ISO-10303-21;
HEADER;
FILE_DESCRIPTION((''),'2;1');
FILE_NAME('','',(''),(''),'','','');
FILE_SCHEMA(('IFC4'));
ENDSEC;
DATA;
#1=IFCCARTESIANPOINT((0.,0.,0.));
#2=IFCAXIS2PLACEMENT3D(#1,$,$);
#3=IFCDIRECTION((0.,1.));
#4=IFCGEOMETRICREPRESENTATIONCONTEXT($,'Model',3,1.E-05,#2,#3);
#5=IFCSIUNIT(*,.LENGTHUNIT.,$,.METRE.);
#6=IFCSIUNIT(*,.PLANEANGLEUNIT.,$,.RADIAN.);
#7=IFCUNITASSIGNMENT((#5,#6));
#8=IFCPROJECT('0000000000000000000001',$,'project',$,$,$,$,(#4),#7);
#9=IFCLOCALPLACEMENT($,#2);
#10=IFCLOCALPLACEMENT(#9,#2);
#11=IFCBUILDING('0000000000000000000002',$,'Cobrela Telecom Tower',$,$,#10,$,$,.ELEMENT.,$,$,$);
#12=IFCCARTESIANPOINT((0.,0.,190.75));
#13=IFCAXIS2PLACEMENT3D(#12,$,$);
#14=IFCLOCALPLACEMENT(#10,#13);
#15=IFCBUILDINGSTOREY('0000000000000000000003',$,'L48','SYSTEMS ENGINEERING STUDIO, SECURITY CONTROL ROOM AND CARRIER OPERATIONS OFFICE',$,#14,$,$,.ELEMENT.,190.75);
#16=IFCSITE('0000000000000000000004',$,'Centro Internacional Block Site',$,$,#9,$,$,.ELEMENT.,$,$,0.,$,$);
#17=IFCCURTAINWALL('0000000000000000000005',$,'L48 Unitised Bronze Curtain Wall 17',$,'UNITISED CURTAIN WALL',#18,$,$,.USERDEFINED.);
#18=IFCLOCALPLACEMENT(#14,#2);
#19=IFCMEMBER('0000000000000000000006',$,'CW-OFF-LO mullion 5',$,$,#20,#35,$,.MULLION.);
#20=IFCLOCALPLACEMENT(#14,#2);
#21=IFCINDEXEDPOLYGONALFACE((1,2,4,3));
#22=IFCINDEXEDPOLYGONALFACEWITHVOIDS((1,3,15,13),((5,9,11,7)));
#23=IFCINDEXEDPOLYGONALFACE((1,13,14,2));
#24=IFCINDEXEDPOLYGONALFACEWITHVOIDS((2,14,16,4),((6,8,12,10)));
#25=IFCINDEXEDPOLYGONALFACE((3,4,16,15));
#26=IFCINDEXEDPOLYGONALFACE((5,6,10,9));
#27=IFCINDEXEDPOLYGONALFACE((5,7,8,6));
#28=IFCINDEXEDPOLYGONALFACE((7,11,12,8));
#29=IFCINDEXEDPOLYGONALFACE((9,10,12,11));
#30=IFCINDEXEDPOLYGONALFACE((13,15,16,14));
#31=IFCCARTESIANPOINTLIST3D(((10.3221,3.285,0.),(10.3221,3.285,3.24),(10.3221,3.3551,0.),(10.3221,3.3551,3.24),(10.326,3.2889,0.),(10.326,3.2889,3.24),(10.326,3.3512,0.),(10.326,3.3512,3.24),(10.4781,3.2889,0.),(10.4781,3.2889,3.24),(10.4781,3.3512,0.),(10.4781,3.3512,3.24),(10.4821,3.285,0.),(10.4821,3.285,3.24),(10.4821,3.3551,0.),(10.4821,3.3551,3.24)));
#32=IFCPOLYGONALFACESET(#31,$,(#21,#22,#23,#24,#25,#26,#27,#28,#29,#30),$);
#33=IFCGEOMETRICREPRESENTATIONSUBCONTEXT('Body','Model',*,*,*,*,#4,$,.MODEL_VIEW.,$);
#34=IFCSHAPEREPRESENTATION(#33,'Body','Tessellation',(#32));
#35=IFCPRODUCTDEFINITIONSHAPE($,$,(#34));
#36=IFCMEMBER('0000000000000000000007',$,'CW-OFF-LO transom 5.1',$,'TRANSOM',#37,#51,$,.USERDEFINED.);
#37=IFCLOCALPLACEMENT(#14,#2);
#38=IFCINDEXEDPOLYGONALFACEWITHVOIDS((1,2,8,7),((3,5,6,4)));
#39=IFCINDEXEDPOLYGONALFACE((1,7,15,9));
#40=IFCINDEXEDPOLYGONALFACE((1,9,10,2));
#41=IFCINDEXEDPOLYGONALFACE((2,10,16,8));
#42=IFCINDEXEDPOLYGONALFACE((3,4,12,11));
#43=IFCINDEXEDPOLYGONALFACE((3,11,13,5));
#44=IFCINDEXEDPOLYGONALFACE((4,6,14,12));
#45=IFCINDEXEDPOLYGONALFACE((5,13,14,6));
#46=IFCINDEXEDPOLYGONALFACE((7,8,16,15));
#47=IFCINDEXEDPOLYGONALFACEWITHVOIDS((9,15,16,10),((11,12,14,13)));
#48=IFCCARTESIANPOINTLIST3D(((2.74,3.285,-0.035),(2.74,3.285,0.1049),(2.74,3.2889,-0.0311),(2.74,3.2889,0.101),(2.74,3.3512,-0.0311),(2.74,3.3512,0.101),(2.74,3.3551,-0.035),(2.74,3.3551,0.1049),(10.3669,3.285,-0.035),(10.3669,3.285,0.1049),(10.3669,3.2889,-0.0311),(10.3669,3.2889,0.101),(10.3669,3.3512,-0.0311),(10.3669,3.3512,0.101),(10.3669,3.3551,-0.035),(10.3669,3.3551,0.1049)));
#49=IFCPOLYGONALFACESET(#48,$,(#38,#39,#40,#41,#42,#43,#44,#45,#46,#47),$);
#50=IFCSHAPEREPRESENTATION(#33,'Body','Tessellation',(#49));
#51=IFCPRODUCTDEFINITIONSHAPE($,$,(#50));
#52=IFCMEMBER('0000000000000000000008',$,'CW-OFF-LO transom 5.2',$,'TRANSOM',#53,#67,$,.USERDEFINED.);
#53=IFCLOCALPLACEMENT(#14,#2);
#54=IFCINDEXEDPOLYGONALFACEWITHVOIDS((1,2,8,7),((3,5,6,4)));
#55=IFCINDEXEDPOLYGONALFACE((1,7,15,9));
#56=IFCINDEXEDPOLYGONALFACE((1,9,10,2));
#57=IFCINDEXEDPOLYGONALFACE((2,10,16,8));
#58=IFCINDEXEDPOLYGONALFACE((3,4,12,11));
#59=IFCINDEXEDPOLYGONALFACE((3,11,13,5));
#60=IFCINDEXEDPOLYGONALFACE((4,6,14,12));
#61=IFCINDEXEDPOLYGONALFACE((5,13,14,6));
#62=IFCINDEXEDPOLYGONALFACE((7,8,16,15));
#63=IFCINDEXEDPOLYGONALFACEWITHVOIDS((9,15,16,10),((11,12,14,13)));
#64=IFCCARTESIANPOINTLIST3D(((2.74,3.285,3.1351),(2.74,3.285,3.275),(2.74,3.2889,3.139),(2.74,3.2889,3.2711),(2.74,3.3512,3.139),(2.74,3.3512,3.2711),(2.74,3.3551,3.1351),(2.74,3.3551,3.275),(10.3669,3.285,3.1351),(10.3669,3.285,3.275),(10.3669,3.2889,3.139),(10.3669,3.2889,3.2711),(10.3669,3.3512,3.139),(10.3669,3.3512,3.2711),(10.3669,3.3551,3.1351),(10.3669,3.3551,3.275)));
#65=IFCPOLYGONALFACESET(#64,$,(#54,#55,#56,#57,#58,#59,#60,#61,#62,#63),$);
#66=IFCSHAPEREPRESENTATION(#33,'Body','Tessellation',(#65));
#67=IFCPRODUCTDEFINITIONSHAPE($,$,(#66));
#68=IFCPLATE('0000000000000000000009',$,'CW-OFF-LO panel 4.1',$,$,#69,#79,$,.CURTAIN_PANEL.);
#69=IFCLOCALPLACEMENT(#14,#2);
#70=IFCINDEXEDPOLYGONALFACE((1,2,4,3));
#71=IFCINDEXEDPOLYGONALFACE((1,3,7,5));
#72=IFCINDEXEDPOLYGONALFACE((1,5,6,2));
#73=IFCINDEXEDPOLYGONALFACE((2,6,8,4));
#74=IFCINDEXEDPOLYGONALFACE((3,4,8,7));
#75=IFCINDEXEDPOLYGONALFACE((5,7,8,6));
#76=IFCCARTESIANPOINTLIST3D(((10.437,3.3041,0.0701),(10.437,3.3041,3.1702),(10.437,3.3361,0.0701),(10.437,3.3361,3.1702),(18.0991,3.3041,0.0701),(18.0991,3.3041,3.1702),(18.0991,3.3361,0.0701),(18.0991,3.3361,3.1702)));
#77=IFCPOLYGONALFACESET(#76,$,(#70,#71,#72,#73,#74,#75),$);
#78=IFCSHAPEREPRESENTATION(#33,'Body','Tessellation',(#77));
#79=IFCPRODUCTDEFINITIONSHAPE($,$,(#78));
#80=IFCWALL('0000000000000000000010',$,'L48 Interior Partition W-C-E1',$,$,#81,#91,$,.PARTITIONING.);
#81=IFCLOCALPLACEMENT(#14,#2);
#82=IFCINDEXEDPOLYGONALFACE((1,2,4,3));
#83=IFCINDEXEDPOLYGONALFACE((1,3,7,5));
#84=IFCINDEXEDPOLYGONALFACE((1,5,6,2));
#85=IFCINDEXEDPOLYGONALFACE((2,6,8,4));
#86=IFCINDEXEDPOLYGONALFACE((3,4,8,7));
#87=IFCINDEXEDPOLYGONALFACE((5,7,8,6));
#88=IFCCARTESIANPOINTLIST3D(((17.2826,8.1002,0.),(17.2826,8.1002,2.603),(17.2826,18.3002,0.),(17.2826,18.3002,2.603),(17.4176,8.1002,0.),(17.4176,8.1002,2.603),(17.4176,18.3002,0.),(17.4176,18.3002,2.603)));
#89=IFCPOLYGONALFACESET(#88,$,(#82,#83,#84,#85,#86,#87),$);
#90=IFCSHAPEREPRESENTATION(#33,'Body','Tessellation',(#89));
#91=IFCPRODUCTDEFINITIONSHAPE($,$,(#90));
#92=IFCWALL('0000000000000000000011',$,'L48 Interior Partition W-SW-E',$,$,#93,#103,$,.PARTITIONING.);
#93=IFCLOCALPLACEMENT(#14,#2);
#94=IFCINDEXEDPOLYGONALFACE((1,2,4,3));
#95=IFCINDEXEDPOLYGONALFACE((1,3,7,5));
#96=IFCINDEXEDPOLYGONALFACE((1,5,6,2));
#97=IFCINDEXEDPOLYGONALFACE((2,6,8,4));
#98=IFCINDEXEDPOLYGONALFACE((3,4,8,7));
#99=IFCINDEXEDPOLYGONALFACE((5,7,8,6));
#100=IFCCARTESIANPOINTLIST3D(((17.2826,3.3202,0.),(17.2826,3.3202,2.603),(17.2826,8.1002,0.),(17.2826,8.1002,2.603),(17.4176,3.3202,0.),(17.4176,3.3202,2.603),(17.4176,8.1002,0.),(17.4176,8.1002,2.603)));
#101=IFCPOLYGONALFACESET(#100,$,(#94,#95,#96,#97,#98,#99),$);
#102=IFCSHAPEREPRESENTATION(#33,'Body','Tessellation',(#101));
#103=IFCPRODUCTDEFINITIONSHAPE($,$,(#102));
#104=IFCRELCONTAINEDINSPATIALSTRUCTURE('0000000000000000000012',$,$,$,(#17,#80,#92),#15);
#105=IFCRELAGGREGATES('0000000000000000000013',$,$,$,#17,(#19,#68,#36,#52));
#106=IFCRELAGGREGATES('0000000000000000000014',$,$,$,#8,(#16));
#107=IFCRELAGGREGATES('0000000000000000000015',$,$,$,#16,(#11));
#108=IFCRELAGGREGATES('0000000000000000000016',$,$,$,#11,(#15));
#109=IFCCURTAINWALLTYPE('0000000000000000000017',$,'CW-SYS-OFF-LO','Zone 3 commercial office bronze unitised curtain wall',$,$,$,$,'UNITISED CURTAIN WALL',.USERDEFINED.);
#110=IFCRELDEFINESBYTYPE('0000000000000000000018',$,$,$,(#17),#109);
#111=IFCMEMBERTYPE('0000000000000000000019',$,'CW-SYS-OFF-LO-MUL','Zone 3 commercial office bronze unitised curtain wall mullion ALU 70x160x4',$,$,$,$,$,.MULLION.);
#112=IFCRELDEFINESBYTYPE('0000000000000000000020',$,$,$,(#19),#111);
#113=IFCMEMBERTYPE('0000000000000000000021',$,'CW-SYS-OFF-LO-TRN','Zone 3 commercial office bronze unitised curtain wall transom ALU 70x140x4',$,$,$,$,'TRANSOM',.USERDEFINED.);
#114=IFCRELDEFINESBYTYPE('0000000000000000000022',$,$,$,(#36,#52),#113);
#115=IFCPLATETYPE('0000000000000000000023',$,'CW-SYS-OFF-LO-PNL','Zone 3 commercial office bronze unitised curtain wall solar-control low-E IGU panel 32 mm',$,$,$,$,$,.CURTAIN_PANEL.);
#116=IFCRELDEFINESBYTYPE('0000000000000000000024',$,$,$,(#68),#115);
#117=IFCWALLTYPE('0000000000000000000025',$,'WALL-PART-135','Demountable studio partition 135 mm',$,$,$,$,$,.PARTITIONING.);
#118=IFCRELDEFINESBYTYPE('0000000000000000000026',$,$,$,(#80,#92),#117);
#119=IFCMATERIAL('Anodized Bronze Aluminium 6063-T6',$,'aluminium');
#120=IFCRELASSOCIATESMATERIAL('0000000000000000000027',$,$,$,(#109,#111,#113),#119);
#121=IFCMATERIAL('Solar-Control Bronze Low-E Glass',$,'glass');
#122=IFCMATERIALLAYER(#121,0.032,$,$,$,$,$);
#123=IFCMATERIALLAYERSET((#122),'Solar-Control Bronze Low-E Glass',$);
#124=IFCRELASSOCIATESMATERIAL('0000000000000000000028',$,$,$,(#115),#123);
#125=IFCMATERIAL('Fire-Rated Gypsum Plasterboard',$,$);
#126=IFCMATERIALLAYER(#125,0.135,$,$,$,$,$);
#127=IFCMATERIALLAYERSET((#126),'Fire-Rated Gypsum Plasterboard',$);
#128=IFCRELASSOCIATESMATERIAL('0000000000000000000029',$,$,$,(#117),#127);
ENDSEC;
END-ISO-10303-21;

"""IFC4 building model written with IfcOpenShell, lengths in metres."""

from ifc_helpers import new_model, si_unit, direction, frame, frame_2d, origin, origin_2d, place, context, subcontext, project, spatial, rectangle, hollow_rectangle, extrude, material, layer, layer_set, material_profile, profile_set, type_object, element, aggregate, save


model = new_model("IFC4")

# Units and contexts
model_context = context("Model", 3, precision=1e-05, world=origin(), true_north=direction((0.0, 1.0)))
body_context = subcontext(model_context, "Body", "Model", "MODEL_VIEW")
ifc_project = project(units=[si_unit("LENGTHUNIT", "METRE"), si_unit("PLANEANGLEUNIT", "RADIAN")], contexts=[model_context])

# Site, building, storey
site_placement = place(None, origin())
site = spatial("IfcSite", under=ifc_project, at=site_placement, Name="Centro Internacional Block Site", CompositionType="ELEMENT", RefElevation=0.0)
building_placement = place(site_placement, origin())
building = spatial("IfcBuilding", under=site, at=building_placement, Name="Cobrela Telecom Tower", CompositionType="ELEMENT")
storey_placement = place(building_placement, frame((0.0, 0.0, 190.75)))
storey = spatial("IfcBuildingStorey", under=building, at=storey_placement, Name="L48", Description="SYSTEMS ENGINEERING STUDIO, SECURITY CONTROL ROOM AND CARRIER OPERATIONS OFFICE", CompositionType="ELEMENT", Elevation=190.75)

# Curtain wall, members, plate
ifc_material_1 = material(Name="Anodized Bronze Aluminium 6063-T6", Category="aluminium")
curtain_wall_type = type_object("IfcCurtainWallType", Name="CW-SYS-OFF-LO", Description="Zone 3 commercial office bronze unitised curtain wall", ElementType="UNITISED CURTAIN WALL", PredefinedType="USERDEFINED", material=ifc_material_1)
curtain_wall_placement = place(storey_placement, origin())
curtain_wall = element("IfcCurtainWall", 1, at=curtain_wall_placement, inside=storey, type_object=curtain_wall_type, Name="L48 Unitised Bronze Curtain Wall 17", ObjectType="UNITISED CURTAIN WALL", PredefinedType="USERDEFINED")
ifc_material_profile_1 = material_profile(ifc_material_1, hollow_rectangle(XDim=0.0701, YDim=0.1599, WallThickness=0.0039, at=origin_2d()), Name="ALU 70x160x4")
ifc_profile_set_1 = profile_set([ifc_material_profile_1], Name="Anodized Bronze Aluminium 6063-T6")
member_type_1 = type_object("IfcMemberType", Name="CW-SYS-OFF-LO-MUL", Description="Zone 3 commercial office bronze unitised curtain wall mullion ALU 70x160x4", PredefinedType="MULLION", material=ifc_profile_set_1)
member_1_placement = place(storey_placement, frame((10.4021, 3.3201, 0.0), z_axis=(0.0, 0.0, 1.0), x_axis=(0.0, -1.0, 0.0)))
member_1 = element("IfcMember", 2, at=member_1_placement, type_object=member_type_1, Name="CW-OFF-LO mullion 5", PredefinedType="MULLION", context=body_context, shape_type="SweptSolid", body=[
    extrude(hollow_rectangle(XDim=0.0701, YDim=0.1599, WallThickness=0.0039, at=origin_2d()), origin(), (0.0, 0.0, 1.0), 3.24),
])
ifc_material_profile_2 = material_profile(ifc_material_1, hollow_rectangle(XDim=0.0701, YDim=0.1399, WallThickness=0.0039, at=origin_2d()), Name="ALU 70x140x4")
ifc_profile_set_2 = profile_set([ifc_material_profile_2], Name="Anodized Bronze Aluminium 6063-T6")
member_type_2 = type_object("IfcMemberType", Name="CW-SYS-OFF-LO-TRN", Description="Zone 3 commercial office bronze unitised curtain wall transom ALU 70x140x4", ElementType="TRANSOM", PredefinedType="USERDEFINED", material=ifc_profile_set_2)
member_2_placement = place(storey_placement, frame((10.3669, 3.3201, 0.0349), z_axis=(-1.0, 0.0, 0.0), x_axis=(0.0, -1.0, 0.0)))
member_2 = element("IfcMember", 3, at=member_2_placement, type_object=member_type_2, Name="CW-OFF-LO transom 5.1", ObjectType="TRANSOM", PredefinedType="USERDEFINED", context=body_context, shape_type="SweptSolid", body=[
    extrude(hollow_rectangle(XDim=0.0701, YDim=0.1399, WallThickness=0.0039, at=origin_2d()), origin(), (0.0, 0.0, 1.0), 7.627),
])
member_3_placement = place(storey_placement, frame((10.3669, 3.3201, 3.2051), z_axis=(-1.0, 0.0, 0.0), x_axis=(0.0, -1.0, 0.0)))
member_3 = element("IfcMember", 4, at=member_3_placement, type_object=member_type_2, Name="CW-OFF-LO transom 5.2", ObjectType="TRANSOM", PredefinedType="USERDEFINED", context=body_context, shape_type="SweptSolid", body=[
    extrude(hollow_rectangle(XDim=0.0701, YDim=0.1399, WallThickness=0.0039, at=origin_2d()), origin(), (0.0, 0.0, 1.0), 7.627),
])
ifc_material_2 = material(Name="Solar-Control Bronze Low-E Glass", Category="glass")
ifc_layer_1 = layer(ifc_material_2, 0.032)
ifc_layer_set_1 = layer_set([ifc_layer_1], Name="Solar-Control Bronze Low-E Glass")
plate_type = type_object("IfcPlateType", Name="CW-SYS-OFF-LO-PNL", Description="Zone 3 commercial office bronze unitised curtain wall solar-control low-E IGU panel 32 mm", PredefinedType="CURTAIN_PANEL", material=ifc_layer_set_1)
plate_placement = place(storey_placement, frame((14.2681, 3.3201, 0.0701), z_axis=(0.0, 0.0, 1.0), x_axis=(-1.0, 0.0, 0.0)))
plate = element("IfcPlate", 5, at=plate_placement, type_object=plate_type, Name="CW-OFF-LO panel 4.1", PredefinedType="CURTAIN_PANEL", context=body_context, shape_type="SweptSolid", body=[
    extrude(rectangle(XDim=7.6621, YDim=0.032, at=origin_2d()), origin(), (0.0, 0.0, 1.0), 3.1001),
])
aggregate(curtain_wall, [member_1, plate, member_2, member_3])

# Walls
ifc_material_3 = material(Name="Fire-Rated Gypsum Plasterboard")
ifc_layer_2 = layer(ifc_material_3, 0.135)
ifc_layer_set_2 = layer_set([ifc_layer_2], Name="Fire-Rated Gypsum Plasterboard")
wall_type_1 = type_object("IfcWallType", Name="WALL-PART-135", Description="Demountable studio partition 135 mm", PredefinedType="PARTITIONING", material=ifc_layer_set_2)
wall_1_placement = place(storey_placement, frame((17.3501, 8.1001, 0.0), z_axis=(0.0, 0.0, 1.0), x_axis=(0.0, 1.0, 0.0)))
element("IfcWall", 6, at=wall_1_placement, inside=storey, type_object=wall_type_1, Name="L48 Interior Partition W-C-E1", PredefinedType="PARTITIONING", context=body_context, shape_type="SweptSolid", body=[
    extrude(rectangle(XDim=10.2, YDim=0.135, at=frame_2d((5.1001, 0.0))), origin(), (0.0, 0.0, 1.0), 2.603),
])
wall_2_placement = place(storey_placement, frame((17.3501, 3.3201, 0.0), z_axis=(0.0, 0.0, 1.0), x_axis=(0.0, 1.0, 0.0)))
element("IfcWall", 7, at=wall_2_placement, inside=storey, type_object=wall_type_1, Name="L48 Interior Partition W-SW-E", PredefinedType="PARTITIONING", context=body_context, shape_type="SweptSolid", body=[
    extrude(rectangle(XDim=4.78, YDim=0.135, at=frame_2d((2.3901, 0.0))), origin(), (0.0, 0.0, 1.0), 2.603),
])

save(model, "model.ifc")
